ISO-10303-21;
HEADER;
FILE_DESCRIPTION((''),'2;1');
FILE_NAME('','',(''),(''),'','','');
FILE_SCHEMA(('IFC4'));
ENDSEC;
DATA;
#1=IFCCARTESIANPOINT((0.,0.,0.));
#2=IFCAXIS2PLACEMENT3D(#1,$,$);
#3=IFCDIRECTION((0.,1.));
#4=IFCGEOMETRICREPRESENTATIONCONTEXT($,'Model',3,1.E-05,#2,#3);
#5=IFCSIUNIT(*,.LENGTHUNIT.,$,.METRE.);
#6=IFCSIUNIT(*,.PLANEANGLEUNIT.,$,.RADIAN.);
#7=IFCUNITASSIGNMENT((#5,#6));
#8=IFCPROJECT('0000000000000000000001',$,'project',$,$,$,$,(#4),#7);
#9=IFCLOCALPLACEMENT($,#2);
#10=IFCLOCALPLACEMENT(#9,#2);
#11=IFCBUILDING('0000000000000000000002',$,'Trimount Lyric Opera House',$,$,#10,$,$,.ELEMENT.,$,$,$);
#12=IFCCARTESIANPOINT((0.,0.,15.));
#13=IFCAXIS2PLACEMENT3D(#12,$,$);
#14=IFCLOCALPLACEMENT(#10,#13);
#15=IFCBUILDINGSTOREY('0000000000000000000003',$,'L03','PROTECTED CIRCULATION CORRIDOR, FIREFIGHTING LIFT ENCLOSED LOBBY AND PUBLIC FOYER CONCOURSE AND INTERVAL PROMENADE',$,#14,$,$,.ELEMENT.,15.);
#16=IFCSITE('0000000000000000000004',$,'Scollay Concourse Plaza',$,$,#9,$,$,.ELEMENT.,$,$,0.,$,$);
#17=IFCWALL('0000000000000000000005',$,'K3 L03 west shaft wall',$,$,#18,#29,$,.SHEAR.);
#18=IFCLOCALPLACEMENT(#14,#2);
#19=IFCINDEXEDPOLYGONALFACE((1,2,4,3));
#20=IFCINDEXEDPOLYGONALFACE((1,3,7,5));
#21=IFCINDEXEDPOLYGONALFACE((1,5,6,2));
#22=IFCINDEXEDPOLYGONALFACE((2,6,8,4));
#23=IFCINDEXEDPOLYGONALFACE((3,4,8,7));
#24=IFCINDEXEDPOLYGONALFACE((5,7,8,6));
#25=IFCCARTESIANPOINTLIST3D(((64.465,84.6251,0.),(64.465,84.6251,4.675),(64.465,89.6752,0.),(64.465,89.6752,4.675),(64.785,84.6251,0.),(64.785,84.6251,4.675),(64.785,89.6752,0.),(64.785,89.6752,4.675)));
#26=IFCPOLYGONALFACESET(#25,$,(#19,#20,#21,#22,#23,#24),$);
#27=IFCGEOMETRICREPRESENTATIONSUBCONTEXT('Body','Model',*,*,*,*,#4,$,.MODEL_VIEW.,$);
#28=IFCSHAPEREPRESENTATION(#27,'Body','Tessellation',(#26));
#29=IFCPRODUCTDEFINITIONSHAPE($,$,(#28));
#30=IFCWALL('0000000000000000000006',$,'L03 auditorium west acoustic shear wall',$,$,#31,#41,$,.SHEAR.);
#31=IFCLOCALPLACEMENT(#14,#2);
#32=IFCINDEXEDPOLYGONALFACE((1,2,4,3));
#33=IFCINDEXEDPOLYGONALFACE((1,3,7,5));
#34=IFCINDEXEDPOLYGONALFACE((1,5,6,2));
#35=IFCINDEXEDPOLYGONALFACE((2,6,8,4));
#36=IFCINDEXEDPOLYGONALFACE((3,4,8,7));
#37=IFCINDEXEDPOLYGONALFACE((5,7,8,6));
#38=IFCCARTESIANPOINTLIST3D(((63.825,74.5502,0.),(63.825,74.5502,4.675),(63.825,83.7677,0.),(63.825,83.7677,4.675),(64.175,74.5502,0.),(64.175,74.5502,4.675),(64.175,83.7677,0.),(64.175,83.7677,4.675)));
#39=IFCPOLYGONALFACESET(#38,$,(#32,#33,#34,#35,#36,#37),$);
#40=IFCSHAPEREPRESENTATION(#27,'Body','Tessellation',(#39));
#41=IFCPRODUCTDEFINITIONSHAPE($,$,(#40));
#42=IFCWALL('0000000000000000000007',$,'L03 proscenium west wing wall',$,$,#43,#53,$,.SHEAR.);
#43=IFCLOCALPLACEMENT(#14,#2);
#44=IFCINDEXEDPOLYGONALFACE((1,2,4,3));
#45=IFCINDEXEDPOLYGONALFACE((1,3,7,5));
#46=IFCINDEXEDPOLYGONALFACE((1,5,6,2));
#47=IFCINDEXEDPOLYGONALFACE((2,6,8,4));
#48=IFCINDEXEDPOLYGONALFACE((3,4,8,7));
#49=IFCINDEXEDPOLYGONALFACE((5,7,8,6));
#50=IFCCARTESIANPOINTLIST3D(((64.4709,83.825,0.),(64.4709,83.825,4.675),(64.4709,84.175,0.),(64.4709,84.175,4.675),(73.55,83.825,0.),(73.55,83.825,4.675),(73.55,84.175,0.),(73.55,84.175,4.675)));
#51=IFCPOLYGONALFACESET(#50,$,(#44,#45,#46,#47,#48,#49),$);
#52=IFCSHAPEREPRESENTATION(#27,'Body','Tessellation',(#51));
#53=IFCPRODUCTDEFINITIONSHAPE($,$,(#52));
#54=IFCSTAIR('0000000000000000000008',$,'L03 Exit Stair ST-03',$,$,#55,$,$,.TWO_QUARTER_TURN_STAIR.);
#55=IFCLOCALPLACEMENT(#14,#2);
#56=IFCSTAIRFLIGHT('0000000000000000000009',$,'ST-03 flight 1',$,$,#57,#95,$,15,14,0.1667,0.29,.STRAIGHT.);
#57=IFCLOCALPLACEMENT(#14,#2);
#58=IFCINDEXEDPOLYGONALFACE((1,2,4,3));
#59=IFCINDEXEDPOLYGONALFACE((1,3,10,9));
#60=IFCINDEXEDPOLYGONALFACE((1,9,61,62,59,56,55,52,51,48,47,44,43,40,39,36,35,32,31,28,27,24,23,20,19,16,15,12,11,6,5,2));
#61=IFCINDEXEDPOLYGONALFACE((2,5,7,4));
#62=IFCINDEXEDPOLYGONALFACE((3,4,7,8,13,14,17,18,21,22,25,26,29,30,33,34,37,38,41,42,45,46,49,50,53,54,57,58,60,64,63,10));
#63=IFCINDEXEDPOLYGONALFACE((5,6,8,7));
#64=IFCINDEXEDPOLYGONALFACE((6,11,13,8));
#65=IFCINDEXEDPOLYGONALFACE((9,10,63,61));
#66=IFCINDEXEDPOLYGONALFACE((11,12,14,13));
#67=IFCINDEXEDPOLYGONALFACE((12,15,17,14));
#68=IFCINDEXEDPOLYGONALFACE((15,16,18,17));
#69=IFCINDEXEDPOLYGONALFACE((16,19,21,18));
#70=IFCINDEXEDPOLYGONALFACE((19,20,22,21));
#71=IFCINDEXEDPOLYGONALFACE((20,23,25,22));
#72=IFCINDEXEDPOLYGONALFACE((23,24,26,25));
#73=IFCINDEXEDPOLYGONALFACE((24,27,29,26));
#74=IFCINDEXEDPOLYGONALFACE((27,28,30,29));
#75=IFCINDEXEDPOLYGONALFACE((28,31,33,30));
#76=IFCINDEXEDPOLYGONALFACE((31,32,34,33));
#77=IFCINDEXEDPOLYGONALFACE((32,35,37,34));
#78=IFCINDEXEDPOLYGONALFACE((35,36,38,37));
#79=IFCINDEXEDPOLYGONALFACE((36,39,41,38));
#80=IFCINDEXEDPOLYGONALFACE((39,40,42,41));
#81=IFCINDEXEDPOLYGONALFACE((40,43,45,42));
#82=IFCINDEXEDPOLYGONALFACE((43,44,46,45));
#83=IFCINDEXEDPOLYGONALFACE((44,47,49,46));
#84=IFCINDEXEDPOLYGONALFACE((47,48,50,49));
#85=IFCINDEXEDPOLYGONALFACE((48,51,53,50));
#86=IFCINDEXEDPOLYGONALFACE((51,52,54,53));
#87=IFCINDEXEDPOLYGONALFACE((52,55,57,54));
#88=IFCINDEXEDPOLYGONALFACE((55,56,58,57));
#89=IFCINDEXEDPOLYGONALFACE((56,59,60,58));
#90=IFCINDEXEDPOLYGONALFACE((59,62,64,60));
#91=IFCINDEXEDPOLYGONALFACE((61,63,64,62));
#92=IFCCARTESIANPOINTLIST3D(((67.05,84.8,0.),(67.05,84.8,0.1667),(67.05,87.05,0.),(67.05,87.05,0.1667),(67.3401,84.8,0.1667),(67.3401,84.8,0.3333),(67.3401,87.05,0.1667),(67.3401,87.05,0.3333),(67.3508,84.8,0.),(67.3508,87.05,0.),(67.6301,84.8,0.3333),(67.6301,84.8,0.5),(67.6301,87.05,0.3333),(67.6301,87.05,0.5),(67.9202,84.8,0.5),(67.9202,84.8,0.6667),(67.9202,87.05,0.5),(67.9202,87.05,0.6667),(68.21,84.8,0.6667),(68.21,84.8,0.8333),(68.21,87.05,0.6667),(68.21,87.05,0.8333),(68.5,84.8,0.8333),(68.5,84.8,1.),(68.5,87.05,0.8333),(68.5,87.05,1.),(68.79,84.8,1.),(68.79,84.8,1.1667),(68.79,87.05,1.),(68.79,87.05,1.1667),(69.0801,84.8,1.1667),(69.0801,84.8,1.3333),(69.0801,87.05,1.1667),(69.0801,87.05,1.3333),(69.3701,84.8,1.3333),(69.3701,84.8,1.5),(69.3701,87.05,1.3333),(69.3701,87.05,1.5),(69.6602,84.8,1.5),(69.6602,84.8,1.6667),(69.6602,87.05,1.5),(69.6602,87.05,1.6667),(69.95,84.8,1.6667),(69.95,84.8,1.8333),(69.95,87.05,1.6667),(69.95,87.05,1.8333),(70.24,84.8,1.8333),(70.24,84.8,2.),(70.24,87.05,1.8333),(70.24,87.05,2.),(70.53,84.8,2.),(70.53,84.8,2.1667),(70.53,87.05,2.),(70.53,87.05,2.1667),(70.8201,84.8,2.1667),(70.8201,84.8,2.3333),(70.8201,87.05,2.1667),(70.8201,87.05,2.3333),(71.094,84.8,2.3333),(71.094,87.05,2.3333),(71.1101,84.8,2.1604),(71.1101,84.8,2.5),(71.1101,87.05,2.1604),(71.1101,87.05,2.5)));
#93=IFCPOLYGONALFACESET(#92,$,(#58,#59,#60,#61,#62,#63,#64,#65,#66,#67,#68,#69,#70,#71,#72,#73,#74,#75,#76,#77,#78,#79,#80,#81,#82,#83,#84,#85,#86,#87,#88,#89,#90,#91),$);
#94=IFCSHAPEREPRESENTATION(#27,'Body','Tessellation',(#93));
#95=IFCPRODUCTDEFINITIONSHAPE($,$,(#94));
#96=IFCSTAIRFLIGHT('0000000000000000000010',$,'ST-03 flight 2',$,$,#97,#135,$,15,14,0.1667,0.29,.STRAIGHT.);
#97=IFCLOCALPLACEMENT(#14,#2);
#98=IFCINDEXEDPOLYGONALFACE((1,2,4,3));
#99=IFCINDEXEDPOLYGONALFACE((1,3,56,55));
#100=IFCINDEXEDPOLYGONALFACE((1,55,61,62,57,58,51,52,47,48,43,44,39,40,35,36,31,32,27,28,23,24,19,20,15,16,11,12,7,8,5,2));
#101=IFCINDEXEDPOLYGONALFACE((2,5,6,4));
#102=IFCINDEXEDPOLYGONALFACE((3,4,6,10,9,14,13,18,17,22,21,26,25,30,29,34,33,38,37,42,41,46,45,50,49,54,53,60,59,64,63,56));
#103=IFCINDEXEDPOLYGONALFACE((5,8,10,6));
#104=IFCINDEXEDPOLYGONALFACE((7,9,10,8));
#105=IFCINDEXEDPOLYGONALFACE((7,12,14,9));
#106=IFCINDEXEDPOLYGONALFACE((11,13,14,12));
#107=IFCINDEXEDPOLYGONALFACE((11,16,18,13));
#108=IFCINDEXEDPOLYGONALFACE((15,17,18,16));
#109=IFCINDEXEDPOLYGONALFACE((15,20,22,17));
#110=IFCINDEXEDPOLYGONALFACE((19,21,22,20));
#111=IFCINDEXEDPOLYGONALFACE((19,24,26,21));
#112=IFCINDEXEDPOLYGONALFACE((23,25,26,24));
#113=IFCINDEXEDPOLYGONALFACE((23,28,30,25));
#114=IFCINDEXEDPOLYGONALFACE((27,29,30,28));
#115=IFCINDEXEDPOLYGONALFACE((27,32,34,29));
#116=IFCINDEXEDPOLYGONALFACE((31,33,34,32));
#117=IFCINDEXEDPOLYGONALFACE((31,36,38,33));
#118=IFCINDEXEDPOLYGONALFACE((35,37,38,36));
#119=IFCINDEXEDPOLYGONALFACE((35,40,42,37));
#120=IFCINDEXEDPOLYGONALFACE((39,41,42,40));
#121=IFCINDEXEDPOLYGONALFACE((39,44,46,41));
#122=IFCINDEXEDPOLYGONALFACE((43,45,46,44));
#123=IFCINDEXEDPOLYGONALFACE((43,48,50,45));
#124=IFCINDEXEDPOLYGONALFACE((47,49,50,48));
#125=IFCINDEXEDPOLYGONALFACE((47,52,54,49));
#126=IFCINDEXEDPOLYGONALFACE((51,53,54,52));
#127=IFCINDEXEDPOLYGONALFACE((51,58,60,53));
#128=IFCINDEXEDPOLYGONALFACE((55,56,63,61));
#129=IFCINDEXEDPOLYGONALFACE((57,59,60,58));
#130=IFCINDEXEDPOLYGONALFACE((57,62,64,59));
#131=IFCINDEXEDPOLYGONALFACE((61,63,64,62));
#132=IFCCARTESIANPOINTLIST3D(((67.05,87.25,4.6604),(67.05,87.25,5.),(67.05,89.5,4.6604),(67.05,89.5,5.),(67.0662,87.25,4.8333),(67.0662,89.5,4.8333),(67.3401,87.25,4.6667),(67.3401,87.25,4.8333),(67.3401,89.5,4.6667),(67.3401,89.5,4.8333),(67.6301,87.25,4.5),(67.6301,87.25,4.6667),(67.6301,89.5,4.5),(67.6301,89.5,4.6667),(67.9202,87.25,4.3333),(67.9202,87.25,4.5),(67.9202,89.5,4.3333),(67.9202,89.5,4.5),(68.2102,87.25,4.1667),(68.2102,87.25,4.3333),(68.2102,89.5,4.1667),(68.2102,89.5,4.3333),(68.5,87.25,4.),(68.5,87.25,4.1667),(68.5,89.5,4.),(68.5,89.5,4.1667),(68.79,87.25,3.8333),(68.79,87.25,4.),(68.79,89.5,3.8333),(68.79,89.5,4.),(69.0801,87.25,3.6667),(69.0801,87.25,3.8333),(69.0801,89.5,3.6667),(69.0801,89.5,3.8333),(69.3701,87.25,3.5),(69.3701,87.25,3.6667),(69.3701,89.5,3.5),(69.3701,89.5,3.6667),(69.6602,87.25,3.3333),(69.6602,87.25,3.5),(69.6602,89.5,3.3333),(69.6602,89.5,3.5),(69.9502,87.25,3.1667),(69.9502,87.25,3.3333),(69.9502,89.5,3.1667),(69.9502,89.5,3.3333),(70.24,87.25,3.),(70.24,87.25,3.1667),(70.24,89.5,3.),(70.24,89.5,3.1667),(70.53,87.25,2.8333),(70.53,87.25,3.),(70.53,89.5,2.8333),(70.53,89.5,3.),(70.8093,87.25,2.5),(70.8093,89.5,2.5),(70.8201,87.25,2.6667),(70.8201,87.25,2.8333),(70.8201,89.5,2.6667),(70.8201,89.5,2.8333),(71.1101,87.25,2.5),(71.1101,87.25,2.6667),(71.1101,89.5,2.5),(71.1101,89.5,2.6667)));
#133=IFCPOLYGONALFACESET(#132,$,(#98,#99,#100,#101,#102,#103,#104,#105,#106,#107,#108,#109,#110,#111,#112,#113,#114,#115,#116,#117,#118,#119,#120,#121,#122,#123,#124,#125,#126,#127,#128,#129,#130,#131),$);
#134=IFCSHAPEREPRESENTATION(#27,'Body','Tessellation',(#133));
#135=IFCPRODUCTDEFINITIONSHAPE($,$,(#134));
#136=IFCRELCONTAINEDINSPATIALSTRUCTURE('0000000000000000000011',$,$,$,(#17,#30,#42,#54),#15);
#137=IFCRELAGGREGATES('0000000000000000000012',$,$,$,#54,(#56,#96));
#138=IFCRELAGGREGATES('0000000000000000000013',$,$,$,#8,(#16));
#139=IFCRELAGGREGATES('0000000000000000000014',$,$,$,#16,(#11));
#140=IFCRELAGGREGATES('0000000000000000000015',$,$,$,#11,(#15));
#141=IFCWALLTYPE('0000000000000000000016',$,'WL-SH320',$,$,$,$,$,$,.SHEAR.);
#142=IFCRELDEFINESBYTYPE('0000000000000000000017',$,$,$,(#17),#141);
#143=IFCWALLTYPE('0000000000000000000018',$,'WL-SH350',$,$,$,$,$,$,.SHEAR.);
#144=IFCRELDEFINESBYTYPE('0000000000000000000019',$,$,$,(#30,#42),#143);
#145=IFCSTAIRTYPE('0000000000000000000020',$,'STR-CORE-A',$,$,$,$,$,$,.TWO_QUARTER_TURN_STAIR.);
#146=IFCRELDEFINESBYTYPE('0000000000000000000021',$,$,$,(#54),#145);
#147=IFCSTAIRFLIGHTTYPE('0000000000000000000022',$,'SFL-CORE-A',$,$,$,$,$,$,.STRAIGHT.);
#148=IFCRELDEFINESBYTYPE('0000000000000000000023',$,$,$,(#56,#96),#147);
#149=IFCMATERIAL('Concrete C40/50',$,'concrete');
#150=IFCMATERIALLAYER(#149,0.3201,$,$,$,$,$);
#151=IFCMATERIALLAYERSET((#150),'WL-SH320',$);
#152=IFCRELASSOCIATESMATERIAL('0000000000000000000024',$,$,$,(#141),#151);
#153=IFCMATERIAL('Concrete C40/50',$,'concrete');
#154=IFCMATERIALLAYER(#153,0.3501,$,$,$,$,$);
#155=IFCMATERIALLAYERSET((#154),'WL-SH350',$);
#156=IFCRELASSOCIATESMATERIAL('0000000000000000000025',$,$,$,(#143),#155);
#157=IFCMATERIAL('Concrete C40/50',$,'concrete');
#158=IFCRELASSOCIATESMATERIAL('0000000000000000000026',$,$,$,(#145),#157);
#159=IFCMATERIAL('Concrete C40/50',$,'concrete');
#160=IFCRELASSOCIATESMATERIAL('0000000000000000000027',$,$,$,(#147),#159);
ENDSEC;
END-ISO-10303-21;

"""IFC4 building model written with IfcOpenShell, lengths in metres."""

from ifc_helpers import new_model, si_unit, direction, frame, frame_2d, origin, place, context, subcontext, project, spatial, polyline, rectangle, outline, extrude, material, layer, layer_set, type_object, element, aggregate, save


model = new_model("IFC4")

# Units and contexts
model_context = context("Model", 3, precision=1e-05, world=origin(), true_north=direction((0.0, 1.0)))
body_context = subcontext(model_context, "Body", "Model", "MODEL_VIEW")
ifc_project = project(units=[si_unit("LENGTHUNIT", "METRE"), si_unit("PLANEANGLEUNIT", "RADIAN")], contexts=[model_context])

# Site, building, storey
site_placement = place(None, origin())
site = spatial("IfcSite", under=ifc_project, at=site_placement, Name="Scollay Concourse Plaza", CompositionType="ELEMENT", RefElevation=0.0)
building_placement = place(site_placement, origin())
building = spatial("IfcBuilding", under=site, at=building_placement, Name="Trimount Lyric Opera House", CompositionType="ELEMENT")
storey_placement = place(building_placement, frame((0.0, 0.0, 15.0)))
storey = spatial("IfcBuildingStorey", under=building, at=storey_placement, Name="L03", Description="PROTECTED CIRCULATION CORRIDOR, FIREFIGHTING LIFT ENCLOSED LOBBY AND PUBLIC FOYER CONCOURSE AND INTERVAL PROMENADE", CompositionType="ELEMENT", Elevation=15.0)

# Walls
ifc_material_1 = material(Name="Concrete C40/50", Category="concrete")
ifc_layer_1 = layer(ifc_material_1, 0.3201)
ifc_layer_set_1 = layer_set([ifc_layer_1], Name="WL-SH320")
wall_type_1 = type_object("IfcWallType", Name="WL-SH320", PredefinedType="SHEAR", material=ifc_layer_set_1)
wall_1_placement = place(storey_placement, frame((64.625, 89.675, 0.0), z_axis=(0.0, 0.0, 1.0), x_axis=(0.0, -1.0, 0.0)))
element("IfcWall", 1, at=wall_1_placement, inside=storey, type_object=wall_type_1, Name="K3 L03 west shaft wall", PredefinedType="SHEAR", context=body_context, shape_type="SweptSolid", body=[
    extrude(rectangle(XDim=5.05, YDim=0.3201, at=frame_2d((2.5249, 0.0))), origin(), (0.0, 0.0, 1.0), 4.675),
])
ifc_material_2 = material(Name="Concrete C40/50", Category="concrete")
ifc_layer_2 = layer(ifc_material_2, 0.3501)
ifc_layer_set_2 = layer_set([ifc_layer_2], Name="WL-SH350")
wall_type_2 = type_object("IfcWallType", Name="WL-SH350", PredefinedType="SHEAR", material=ifc_layer_set_2)
wall_2_placement = place(storey_placement, frame((64.0, 74.55, 0.0), z_axis=(0.0, 0.0, 1.0), x_axis=(0.0, 1.0, 0.0)))
element("IfcWall", 2, at=wall_2_placement, inside=storey, type_object=wall_type_2, Name="L03 auditorium west acoustic shear wall", PredefinedType="SHEAR", context=body_context, shape_type="SweptSolid", body=[
    extrude(rectangle(XDim=9.2175, YDim=0.3501, at=frame_2d((4.6089, 0.0))), origin(), (0.0, 0.0, 1.0), 4.675),
])
wall_3_placement = place(storey_placement, frame((64.4709, 84.0, 0.0), z_axis=(0.0, 0.0, 1.0), x_axis=(1.0, 0.0, 0.0)))
element("IfcWall", 3, at=wall_3_placement, inside=storey, type_object=wall_type_2, Name="L03 proscenium west wing wall", PredefinedType="SHEAR", context=body_context, shape_type="SweptSolid", body=[
    extrude(rectangle(XDim=9.0791, YDim=0.3501, at=frame_2d((4.5396, 0.0))), origin(), (0.0, 0.0, 1.0), 4.675),
])

# Stair, stair flights
ifc_material_3 = material(Name="Concrete C40/50", Category="concrete")
stair_type = type_object("IfcStairType", Name="STR-CORE-A", PredefinedType="TWO_QUARTER_TURN_STAIR", material=ifc_material_3)
stair_placement = place(storey_placement, origin())
stair = element("IfcStair", 4, at=stair_placement, inside=storey, type_object=stair_type, Name="L03 Exit Stair ST-03", PredefinedType="TWO_QUARTER_TURN_STAIR")
ifc_material_4 = material(Name="Concrete C40/50", Category="concrete")
stair_flight_type = type_object("IfcStairFlightType", Name="SFL-CORE-A", PredefinedType="STRAIGHT", material=ifc_material_4)
stair_flight_1_placement = place(storey_placement, frame((67.05, 85.925, 0.0), z_axis=(0.0, 0.0, 1.0), x_axis=(1.0, 0.0, 0.0)))
stair_flight_1 = element("IfcStairFlight", 5, at=stair_flight_1_placement, type_object=stair_flight_type, Name="ST-03 flight 1", NumberOfRisers=15, NumberOfTreads=14, PredefinedType="STRAIGHT", RiserHeight=0.1667, TreadLength=0.29, context=body_context, shape_type="SweptSolid", body=[
    extrude(outline(polyline([(0.0, 0.0), (0.0, 0.1667), (0.29, 0.1667), (0.29, 0.3333), (0.5801, 0.3333), (0.5801, 0.5), (0.8701, 0.5), (0.8701, 0.6667), (1.1599, 0.6667), (1.1599, 0.8333), (1.45, 0.8333), (1.45, 1.0), (1.74, 1.0), (1.74, 1.1667), (2.03, 1.1667), (2.03, 1.3333), (2.3201, 1.3333), (2.3201, 1.5), (2.6101, 1.5), (2.6101, 1.6667), (2.8999, 1.6667), (2.8999, 1.8333), (3.1899, 1.8333), (3.1899, 2.0), (3.48, 2.0), (3.48, 2.1667), (3.77, 2.1667), (3.77, 2.3333), (4.0439, 2.3333), (4.0601, 2.5), (4.0601, 2.1604), (0.3008, 0.0), (0.0, 0.0)])), frame((0.0, 1.125, 0.0), z_axis=(0.0, -1.0, 0.0), x_axis=(1.0, 0.0, 0.0)), (0.0, 0.0, 1.0), 2.25),
])
stair_flight_2_placement = place(storey_placement, frame((71.1101, 88.375, 2.5), z_axis=(0.0, 0.0, 1.0), x_axis=(-1.0, 0.0, 0.0)))
stair_flight_2 = element("IfcStairFlight", 6, at=stair_flight_2_placement, type_object=stair_flight_type, Name="ST-03 flight 2", NumberOfRisers=15, NumberOfTreads=14, PredefinedType="STRAIGHT", RiserHeight=0.1667, TreadLength=0.29, context=body_context, shape_type="SweptSolid", body=[
    extrude(outline(polyline([(0.0, 0.0), (0.0, 0.1667), (0.29, 0.1667), (0.29, 0.3333), (0.5801, 0.3333), (0.5801, 0.5), (0.8701, 0.5), (0.8701, 0.6667), (1.1599, 0.6667), (1.1599, 0.8333), (1.45, 0.8333), (1.45, 1.0), (1.74, 1.0), (1.74, 1.1667), (2.03, 1.1667), (2.03, 1.3333), (2.3201, 1.3333), (2.3201, 1.5), (2.6101, 1.5), (2.6101, 1.6667), (2.8999, 1.6667), (2.8999, 1.8333), (3.1899, 1.8333), (3.1899, 2.0), (3.48, 2.0), (3.48, 2.1667), (3.77, 2.1667), (3.77, 2.3333), (4.0439, 2.3333), (4.0601, 2.5), (4.0601, 2.1604), (0.3008, 0.0), (0.0, 0.0)])), frame((0.0, 1.125, 0.0), z_axis=(0.0, -1.0, 0.0), x_axis=(1.0, 0.0, 0.0)), (0.0, 0.0, 1.0), 2.25),
])
aggregate(stair, [stair_flight_1, stair_flight_2])

save(model, "model.ifc")
